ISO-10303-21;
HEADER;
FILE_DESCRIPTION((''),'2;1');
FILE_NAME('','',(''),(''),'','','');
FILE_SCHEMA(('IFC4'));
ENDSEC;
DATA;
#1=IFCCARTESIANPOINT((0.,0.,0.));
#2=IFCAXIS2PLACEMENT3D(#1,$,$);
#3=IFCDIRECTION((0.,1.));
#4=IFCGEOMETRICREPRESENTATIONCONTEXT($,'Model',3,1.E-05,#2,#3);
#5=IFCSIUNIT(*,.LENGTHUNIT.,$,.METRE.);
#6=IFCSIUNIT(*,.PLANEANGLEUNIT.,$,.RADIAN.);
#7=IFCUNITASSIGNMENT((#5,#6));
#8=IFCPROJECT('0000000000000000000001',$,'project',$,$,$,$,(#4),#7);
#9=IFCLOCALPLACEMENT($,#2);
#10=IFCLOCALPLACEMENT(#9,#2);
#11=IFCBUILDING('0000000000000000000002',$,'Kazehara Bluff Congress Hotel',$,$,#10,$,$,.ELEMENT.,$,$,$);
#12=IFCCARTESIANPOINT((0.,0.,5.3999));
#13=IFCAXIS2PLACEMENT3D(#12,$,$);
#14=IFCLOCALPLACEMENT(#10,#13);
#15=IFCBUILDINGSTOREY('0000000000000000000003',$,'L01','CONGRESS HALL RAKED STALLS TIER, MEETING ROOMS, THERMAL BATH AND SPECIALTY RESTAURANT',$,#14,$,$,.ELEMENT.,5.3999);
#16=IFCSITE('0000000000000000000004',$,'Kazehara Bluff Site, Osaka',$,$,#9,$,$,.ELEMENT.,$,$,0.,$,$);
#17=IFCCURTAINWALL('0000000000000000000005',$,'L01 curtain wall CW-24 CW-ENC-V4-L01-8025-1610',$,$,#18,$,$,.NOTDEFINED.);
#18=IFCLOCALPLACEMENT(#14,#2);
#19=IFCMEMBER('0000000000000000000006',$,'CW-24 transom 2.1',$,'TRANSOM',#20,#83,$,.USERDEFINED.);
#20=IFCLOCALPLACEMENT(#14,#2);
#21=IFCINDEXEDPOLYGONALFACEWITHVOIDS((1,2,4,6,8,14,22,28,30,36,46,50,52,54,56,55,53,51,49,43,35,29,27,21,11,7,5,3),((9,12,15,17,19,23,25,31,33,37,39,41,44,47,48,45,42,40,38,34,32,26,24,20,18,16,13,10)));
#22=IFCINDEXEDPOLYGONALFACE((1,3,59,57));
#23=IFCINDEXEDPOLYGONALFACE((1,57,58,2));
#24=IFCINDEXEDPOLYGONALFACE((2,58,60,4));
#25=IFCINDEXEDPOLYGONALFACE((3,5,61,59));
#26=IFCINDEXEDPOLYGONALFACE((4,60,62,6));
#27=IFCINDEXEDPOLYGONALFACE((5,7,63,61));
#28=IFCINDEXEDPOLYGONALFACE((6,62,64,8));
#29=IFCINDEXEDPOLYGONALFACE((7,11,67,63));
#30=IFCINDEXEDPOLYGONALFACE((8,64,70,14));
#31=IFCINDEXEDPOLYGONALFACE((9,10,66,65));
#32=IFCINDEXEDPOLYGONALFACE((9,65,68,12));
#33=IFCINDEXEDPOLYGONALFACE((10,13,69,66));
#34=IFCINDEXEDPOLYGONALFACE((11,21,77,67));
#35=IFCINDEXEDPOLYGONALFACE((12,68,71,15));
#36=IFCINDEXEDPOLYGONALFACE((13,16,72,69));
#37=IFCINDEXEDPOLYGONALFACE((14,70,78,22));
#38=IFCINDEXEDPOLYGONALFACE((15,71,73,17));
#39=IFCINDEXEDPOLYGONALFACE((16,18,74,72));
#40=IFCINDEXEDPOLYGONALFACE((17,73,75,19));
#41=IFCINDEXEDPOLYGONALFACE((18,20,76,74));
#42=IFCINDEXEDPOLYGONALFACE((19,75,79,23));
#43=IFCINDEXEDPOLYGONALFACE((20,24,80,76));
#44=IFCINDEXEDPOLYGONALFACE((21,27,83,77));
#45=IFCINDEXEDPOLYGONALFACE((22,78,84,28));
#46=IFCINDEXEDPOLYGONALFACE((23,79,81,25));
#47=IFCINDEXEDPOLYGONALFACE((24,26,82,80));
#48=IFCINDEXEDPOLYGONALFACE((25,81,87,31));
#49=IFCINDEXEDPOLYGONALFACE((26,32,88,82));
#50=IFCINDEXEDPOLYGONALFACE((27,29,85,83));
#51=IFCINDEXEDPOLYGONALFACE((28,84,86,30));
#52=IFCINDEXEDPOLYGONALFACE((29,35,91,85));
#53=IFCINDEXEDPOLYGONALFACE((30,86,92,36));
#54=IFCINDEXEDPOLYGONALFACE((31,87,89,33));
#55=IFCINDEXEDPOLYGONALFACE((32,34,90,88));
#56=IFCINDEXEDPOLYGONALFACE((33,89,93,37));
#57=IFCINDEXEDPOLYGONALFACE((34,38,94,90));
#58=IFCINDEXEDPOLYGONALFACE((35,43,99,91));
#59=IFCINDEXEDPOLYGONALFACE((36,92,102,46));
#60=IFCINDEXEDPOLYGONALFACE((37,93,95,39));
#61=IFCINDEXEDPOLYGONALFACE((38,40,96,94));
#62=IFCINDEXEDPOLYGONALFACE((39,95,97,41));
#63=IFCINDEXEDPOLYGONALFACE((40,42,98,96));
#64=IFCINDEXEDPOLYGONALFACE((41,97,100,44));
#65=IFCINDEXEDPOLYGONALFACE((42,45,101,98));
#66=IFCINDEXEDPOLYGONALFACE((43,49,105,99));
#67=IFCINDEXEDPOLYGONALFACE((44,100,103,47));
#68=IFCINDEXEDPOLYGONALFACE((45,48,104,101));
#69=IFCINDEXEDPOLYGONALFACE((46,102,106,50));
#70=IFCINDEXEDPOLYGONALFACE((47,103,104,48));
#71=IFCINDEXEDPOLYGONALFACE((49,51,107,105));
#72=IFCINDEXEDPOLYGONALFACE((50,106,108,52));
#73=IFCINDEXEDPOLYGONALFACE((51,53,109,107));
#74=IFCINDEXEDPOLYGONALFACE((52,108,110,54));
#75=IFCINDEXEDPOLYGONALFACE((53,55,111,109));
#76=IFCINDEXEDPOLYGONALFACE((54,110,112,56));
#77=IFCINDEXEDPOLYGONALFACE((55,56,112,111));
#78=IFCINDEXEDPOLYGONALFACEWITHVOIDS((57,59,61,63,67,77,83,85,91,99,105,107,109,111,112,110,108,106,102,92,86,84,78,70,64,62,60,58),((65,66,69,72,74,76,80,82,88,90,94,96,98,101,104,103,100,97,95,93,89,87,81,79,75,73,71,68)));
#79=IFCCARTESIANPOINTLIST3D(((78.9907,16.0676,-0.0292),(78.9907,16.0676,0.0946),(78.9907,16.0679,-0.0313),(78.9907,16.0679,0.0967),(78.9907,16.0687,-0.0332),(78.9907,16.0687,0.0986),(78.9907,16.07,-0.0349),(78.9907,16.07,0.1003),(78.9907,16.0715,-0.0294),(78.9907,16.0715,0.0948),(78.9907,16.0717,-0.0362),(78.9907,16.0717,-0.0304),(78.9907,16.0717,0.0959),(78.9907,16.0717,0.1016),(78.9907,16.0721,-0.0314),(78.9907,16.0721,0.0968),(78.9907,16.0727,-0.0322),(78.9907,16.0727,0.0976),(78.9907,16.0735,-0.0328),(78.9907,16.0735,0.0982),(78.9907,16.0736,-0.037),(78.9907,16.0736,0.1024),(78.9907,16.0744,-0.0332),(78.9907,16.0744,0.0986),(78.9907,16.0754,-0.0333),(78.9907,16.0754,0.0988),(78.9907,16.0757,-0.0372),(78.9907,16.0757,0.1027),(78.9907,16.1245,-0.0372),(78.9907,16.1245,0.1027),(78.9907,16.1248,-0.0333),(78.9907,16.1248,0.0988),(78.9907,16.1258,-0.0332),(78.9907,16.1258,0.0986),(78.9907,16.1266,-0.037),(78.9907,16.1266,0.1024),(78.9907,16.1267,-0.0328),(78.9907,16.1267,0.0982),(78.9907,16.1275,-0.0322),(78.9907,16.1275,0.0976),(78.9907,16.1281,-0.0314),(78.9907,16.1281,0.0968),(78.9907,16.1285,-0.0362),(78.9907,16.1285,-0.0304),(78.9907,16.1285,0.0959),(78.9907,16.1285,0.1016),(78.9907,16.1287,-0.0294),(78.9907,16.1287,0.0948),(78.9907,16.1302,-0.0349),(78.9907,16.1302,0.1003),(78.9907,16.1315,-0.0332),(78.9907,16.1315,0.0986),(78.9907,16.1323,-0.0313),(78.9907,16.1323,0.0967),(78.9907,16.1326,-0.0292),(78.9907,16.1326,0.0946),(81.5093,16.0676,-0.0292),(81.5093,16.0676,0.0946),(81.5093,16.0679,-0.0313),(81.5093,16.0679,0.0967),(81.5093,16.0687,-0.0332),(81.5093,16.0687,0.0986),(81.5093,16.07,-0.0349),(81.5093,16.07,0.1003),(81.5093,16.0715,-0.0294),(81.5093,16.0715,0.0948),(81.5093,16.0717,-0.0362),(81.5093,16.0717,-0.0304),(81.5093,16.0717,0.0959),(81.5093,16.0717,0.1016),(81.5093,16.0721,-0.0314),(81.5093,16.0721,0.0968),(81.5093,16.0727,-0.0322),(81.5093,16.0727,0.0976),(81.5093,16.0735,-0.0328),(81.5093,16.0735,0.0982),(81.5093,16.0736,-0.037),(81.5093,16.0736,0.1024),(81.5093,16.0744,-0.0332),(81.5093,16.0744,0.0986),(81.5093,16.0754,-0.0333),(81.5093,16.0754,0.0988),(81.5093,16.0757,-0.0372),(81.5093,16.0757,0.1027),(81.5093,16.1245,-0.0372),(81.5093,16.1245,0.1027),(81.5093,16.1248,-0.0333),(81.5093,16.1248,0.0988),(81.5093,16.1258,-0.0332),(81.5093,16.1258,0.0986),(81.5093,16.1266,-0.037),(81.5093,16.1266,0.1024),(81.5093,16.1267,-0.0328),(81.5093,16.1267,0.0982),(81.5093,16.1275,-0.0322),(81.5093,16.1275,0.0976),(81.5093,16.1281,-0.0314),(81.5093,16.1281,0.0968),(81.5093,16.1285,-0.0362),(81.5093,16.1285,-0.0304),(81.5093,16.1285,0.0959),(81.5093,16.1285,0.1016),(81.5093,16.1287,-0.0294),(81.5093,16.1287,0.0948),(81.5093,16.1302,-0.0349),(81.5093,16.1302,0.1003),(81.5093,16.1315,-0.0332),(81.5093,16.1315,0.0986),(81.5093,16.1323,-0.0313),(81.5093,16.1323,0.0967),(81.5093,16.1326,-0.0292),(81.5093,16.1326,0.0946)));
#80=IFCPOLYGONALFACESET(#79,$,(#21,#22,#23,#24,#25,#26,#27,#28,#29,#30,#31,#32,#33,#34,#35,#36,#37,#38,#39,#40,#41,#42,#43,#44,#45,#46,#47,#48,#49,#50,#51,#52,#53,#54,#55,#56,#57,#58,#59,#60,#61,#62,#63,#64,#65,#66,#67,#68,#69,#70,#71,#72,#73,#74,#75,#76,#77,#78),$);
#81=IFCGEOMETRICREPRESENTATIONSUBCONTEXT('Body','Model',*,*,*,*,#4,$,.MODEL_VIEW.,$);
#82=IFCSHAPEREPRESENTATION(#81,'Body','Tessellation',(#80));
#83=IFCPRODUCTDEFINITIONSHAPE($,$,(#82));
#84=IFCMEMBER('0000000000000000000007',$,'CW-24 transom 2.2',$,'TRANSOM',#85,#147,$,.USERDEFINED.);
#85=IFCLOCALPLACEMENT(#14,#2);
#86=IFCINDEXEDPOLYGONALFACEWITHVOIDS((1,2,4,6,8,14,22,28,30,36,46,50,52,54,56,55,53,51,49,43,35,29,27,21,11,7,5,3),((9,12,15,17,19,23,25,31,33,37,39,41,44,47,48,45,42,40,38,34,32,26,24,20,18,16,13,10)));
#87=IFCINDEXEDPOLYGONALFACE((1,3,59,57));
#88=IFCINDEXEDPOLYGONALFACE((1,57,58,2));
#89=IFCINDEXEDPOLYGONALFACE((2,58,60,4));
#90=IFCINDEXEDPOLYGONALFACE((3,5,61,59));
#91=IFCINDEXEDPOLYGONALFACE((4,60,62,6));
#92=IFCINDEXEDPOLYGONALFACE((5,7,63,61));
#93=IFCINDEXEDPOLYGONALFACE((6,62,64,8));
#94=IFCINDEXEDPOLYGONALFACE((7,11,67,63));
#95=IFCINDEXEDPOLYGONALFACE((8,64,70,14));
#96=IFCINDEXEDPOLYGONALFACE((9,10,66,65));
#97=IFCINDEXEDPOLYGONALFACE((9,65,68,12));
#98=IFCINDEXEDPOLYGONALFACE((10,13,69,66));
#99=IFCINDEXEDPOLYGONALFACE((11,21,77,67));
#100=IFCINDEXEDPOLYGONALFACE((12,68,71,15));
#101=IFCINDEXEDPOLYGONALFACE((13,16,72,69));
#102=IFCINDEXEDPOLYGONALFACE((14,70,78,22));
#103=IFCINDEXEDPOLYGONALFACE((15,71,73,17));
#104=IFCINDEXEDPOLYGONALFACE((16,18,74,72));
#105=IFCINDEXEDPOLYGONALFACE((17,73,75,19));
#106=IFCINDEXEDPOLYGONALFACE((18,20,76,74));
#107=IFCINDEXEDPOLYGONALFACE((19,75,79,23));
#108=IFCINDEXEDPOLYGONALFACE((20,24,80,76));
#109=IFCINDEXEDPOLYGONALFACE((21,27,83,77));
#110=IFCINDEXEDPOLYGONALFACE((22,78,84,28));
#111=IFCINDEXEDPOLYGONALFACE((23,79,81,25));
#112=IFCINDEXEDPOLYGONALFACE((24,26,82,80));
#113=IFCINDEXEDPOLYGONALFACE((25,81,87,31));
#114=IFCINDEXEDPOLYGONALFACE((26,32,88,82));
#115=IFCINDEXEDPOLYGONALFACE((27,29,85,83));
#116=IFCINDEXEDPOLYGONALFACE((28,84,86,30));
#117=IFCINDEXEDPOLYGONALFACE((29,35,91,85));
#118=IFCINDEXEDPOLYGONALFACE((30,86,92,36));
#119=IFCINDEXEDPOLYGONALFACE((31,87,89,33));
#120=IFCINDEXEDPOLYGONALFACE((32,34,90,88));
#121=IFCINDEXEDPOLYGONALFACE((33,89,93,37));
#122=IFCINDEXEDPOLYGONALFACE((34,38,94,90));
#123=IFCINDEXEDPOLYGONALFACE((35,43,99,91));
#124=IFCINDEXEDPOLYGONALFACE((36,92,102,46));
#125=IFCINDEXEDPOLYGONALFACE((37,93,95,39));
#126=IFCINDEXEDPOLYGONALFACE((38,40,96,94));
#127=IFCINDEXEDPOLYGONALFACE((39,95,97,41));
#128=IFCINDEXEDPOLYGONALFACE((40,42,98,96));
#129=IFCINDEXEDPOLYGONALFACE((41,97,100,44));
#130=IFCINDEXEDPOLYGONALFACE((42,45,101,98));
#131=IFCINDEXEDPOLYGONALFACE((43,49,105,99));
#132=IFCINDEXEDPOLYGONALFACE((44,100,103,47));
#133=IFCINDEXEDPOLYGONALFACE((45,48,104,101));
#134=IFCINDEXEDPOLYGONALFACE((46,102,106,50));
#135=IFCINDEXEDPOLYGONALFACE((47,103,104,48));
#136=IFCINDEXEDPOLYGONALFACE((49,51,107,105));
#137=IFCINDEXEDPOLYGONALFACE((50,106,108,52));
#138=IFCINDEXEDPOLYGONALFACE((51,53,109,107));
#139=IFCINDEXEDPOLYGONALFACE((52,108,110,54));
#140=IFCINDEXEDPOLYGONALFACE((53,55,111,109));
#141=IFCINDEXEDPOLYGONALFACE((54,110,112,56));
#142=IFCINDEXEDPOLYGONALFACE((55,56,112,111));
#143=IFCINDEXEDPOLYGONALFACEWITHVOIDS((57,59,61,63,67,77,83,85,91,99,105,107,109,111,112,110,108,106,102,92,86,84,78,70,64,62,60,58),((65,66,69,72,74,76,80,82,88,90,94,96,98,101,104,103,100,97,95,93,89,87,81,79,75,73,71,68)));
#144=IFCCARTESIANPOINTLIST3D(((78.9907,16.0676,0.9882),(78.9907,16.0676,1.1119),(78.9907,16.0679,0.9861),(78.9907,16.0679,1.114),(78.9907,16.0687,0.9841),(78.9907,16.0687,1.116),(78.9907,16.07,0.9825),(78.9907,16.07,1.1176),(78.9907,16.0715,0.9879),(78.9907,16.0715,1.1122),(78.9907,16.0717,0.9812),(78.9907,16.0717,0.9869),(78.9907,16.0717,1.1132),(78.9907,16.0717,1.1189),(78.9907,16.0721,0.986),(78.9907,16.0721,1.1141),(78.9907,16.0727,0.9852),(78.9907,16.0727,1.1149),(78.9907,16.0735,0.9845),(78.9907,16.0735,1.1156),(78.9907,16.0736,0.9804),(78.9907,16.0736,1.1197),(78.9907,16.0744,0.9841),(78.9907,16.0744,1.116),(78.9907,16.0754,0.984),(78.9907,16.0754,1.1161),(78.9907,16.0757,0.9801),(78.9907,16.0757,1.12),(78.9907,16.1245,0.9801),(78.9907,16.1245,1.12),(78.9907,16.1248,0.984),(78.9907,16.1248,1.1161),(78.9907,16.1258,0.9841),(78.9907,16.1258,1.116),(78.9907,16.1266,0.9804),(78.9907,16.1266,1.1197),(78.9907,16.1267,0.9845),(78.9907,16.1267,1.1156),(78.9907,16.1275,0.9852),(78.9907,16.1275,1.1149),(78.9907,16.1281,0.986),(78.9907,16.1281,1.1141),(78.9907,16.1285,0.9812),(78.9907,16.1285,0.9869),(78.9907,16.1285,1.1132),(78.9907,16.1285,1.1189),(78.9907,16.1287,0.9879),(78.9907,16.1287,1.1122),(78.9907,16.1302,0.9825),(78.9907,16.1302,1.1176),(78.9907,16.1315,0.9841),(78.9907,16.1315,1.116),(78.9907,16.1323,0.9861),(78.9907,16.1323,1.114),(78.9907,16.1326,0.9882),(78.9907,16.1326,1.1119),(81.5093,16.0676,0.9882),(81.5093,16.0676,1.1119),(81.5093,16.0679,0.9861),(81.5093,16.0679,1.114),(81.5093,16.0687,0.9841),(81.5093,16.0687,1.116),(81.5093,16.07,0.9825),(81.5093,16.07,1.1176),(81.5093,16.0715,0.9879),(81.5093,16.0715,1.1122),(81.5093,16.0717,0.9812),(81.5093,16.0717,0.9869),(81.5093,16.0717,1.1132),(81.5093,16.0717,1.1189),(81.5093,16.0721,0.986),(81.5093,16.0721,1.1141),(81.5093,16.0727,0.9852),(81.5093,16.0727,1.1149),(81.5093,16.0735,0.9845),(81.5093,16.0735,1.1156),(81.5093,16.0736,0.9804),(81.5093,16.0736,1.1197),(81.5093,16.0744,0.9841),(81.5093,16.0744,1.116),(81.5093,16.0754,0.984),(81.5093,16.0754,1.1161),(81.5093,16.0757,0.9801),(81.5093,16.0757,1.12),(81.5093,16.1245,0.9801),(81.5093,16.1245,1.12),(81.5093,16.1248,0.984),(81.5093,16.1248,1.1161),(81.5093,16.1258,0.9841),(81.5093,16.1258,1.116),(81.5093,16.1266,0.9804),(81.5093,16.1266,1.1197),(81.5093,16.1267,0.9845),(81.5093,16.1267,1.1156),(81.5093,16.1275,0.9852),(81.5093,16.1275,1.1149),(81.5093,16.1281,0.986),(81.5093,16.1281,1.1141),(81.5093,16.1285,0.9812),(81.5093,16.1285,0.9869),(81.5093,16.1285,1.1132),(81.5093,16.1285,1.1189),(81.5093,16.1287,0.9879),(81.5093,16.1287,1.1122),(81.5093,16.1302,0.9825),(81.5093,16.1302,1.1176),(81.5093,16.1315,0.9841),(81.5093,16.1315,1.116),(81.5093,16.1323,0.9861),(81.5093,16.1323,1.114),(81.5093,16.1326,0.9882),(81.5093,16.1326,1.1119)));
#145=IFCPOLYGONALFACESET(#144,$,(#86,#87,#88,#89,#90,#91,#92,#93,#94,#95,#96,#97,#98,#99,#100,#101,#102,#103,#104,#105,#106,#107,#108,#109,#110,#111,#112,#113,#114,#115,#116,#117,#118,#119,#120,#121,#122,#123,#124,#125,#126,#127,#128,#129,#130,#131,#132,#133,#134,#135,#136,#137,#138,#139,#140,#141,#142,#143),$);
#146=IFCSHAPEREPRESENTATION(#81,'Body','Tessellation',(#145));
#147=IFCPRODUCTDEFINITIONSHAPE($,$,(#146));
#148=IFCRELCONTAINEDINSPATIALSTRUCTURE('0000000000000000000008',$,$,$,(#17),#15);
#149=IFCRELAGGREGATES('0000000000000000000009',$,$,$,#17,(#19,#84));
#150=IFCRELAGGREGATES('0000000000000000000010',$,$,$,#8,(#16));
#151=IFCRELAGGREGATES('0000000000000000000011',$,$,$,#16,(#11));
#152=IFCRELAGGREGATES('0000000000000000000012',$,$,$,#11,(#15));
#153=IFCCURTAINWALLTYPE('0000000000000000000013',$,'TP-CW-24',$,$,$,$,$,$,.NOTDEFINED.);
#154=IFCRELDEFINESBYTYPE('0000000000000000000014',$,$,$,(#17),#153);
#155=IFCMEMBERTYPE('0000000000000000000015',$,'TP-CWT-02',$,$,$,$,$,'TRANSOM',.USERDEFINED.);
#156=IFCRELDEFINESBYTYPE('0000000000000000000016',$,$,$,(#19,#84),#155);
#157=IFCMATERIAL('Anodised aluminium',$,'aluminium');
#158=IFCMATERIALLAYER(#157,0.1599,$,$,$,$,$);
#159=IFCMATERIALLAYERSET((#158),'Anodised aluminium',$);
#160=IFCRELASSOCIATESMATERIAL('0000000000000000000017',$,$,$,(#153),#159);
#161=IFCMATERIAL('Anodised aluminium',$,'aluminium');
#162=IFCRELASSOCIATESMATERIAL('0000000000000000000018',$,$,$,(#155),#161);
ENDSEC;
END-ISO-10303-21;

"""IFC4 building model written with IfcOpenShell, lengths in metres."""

from ifc_helpers import new_model, si_unit, direction, frame, origin, origin_2d, place, context, subcontext, project, spatial, hollow_rectangle, extrude, material, layer, layer_set, material_profile, profile_set, type_object, element, aggregate, save


model = new_model("IFC4")

# Units and contexts
model_context = context("Model", 3, precision=1e-05, world=origin(), true_north=direction((0.0, 1.0)))
body_context = subcontext(model_context, "Body", "Model", "MODEL_VIEW")
ifc_project = project(units=[si_unit("LENGTHUNIT", "METRE"), si_unit("PLANEANGLEUNIT", "RADIAN")], contexts=[model_context])

# Site, building, storey
site_placement = place(None, origin())
site = spatial("IfcSite", under=ifc_project, at=site_placement, Name="Kazehara Bluff Site, Osaka", CompositionType="ELEMENT", RefElevation=0.0)
building_placement = place(site_placement, origin())
building = spatial("IfcBuilding", under=site, at=building_placement, Name="Kazehara Bluff Congress Hotel", CompositionType="ELEMENT")
storey_placement = place(building_placement, frame((0.0, 0.0, 5.3999)))
storey = spatial("IfcBuildingStorey", under=building, at=storey_placement, Name="L01", Description="CONGRESS HALL RAKED STALLS TIER, MEETING ROOMS, THERMAL BATH AND SPECIALTY RESTAURANT", CompositionType="ELEMENT", Elevation=5.3999)

# Curtain wall
ifc_material_1 = material(Name="Anodised aluminium", Category="aluminium")
ifc_layer_1 = layer(ifc_material_1, 0.1599)
ifc_layer_set_1 = layer_set([ifc_layer_1], Name="Anodised aluminium")
curtain_wall_type = type_object("IfcCurtainWallType", Name="TP-CW-24", PredefinedType="NOTDEFINED", material=ifc_layer_set_1)
curtain_wall_1_placement = place(storey_placement, origin())
curtain_wall_1 = element("IfcCurtainWall", 1, at=curtain_wall_1_placement, inside=storey, type_object=curtain_wall_type, Name="L01 curtain wall CW-24 CW-ENC-V4-L01-8025-1610", PredefinedType="NOTDEFINED")

# Members
ifc_material_2 = material(Name="Anodised aluminium", Category="aluminium")
ifc_material_profile_1 = material_profile(ifc_material_2, hollow_rectangle(XDim=0.0649, YDim=0.1399, WallThickness=0.0039, InnerFilletRadius=0.0039, OuterFilletRadius=0.0081, at=origin_2d()))
ifc_profile_set_1 = profile_set([ifc_material_profile_1], Name="Anodised aluminium")
member_type_1 = type_object("IfcMemberType", Name="TP-CWT-02", ElementType="TRANSOM", PredefinedType="USERDEFINED", material=ifc_profile_set_1)
member_1_placement = place(storey_placement, frame((81.5093, 16.1001, 0.0327), z_axis=(-1.0, 0.0, 0.0), x_axis=(0.0, -1.0, 0.0)))
member_1 = element("IfcMember", 2, at=member_1_placement, type_object=member_type_1, Name="CW-24 transom 2.1", ObjectType="TRANSOM", PredefinedType="USERDEFINED", context=body_context, shape_type="SweptSolid", body=[
    extrude(hollow_rectangle(XDim=0.0649, YDim=0.1399, WallThickness=0.0039, InnerFilletRadius=0.0039, OuterFilletRadius=0.0081, at=origin_2d()), origin(), (0.0, 0.0, 1.0), 2.5186),
])
member_2_placement = place(storey_placement, frame((81.5093, 16.1001, 1.05), z_axis=(-1.0, 0.0, 0.0), x_axis=(0.0, -1.0, 0.0)))
member_2 = element("IfcMember", 3, at=member_2_placement, type_object=member_type_1, Name="CW-24 transom 2.2", ObjectType="TRANSOM", PredefinedType="USERDEFINED", context=body_context, shape_type="SweptSolid", body=[
    extrude(hollow_rectangle(XDim=0.0649, YDim=0.1399, WallThickness=0.0039, InnerFilletRadius=0.0039, OuterFilletRadius=0.0081, at=origin_2d()), origin(), (0.0, 0.0, 1.0), 2.5186),
])

aggregate(curtain_wall_1, [member_1, member_2])

save(model, "model.ifc")
